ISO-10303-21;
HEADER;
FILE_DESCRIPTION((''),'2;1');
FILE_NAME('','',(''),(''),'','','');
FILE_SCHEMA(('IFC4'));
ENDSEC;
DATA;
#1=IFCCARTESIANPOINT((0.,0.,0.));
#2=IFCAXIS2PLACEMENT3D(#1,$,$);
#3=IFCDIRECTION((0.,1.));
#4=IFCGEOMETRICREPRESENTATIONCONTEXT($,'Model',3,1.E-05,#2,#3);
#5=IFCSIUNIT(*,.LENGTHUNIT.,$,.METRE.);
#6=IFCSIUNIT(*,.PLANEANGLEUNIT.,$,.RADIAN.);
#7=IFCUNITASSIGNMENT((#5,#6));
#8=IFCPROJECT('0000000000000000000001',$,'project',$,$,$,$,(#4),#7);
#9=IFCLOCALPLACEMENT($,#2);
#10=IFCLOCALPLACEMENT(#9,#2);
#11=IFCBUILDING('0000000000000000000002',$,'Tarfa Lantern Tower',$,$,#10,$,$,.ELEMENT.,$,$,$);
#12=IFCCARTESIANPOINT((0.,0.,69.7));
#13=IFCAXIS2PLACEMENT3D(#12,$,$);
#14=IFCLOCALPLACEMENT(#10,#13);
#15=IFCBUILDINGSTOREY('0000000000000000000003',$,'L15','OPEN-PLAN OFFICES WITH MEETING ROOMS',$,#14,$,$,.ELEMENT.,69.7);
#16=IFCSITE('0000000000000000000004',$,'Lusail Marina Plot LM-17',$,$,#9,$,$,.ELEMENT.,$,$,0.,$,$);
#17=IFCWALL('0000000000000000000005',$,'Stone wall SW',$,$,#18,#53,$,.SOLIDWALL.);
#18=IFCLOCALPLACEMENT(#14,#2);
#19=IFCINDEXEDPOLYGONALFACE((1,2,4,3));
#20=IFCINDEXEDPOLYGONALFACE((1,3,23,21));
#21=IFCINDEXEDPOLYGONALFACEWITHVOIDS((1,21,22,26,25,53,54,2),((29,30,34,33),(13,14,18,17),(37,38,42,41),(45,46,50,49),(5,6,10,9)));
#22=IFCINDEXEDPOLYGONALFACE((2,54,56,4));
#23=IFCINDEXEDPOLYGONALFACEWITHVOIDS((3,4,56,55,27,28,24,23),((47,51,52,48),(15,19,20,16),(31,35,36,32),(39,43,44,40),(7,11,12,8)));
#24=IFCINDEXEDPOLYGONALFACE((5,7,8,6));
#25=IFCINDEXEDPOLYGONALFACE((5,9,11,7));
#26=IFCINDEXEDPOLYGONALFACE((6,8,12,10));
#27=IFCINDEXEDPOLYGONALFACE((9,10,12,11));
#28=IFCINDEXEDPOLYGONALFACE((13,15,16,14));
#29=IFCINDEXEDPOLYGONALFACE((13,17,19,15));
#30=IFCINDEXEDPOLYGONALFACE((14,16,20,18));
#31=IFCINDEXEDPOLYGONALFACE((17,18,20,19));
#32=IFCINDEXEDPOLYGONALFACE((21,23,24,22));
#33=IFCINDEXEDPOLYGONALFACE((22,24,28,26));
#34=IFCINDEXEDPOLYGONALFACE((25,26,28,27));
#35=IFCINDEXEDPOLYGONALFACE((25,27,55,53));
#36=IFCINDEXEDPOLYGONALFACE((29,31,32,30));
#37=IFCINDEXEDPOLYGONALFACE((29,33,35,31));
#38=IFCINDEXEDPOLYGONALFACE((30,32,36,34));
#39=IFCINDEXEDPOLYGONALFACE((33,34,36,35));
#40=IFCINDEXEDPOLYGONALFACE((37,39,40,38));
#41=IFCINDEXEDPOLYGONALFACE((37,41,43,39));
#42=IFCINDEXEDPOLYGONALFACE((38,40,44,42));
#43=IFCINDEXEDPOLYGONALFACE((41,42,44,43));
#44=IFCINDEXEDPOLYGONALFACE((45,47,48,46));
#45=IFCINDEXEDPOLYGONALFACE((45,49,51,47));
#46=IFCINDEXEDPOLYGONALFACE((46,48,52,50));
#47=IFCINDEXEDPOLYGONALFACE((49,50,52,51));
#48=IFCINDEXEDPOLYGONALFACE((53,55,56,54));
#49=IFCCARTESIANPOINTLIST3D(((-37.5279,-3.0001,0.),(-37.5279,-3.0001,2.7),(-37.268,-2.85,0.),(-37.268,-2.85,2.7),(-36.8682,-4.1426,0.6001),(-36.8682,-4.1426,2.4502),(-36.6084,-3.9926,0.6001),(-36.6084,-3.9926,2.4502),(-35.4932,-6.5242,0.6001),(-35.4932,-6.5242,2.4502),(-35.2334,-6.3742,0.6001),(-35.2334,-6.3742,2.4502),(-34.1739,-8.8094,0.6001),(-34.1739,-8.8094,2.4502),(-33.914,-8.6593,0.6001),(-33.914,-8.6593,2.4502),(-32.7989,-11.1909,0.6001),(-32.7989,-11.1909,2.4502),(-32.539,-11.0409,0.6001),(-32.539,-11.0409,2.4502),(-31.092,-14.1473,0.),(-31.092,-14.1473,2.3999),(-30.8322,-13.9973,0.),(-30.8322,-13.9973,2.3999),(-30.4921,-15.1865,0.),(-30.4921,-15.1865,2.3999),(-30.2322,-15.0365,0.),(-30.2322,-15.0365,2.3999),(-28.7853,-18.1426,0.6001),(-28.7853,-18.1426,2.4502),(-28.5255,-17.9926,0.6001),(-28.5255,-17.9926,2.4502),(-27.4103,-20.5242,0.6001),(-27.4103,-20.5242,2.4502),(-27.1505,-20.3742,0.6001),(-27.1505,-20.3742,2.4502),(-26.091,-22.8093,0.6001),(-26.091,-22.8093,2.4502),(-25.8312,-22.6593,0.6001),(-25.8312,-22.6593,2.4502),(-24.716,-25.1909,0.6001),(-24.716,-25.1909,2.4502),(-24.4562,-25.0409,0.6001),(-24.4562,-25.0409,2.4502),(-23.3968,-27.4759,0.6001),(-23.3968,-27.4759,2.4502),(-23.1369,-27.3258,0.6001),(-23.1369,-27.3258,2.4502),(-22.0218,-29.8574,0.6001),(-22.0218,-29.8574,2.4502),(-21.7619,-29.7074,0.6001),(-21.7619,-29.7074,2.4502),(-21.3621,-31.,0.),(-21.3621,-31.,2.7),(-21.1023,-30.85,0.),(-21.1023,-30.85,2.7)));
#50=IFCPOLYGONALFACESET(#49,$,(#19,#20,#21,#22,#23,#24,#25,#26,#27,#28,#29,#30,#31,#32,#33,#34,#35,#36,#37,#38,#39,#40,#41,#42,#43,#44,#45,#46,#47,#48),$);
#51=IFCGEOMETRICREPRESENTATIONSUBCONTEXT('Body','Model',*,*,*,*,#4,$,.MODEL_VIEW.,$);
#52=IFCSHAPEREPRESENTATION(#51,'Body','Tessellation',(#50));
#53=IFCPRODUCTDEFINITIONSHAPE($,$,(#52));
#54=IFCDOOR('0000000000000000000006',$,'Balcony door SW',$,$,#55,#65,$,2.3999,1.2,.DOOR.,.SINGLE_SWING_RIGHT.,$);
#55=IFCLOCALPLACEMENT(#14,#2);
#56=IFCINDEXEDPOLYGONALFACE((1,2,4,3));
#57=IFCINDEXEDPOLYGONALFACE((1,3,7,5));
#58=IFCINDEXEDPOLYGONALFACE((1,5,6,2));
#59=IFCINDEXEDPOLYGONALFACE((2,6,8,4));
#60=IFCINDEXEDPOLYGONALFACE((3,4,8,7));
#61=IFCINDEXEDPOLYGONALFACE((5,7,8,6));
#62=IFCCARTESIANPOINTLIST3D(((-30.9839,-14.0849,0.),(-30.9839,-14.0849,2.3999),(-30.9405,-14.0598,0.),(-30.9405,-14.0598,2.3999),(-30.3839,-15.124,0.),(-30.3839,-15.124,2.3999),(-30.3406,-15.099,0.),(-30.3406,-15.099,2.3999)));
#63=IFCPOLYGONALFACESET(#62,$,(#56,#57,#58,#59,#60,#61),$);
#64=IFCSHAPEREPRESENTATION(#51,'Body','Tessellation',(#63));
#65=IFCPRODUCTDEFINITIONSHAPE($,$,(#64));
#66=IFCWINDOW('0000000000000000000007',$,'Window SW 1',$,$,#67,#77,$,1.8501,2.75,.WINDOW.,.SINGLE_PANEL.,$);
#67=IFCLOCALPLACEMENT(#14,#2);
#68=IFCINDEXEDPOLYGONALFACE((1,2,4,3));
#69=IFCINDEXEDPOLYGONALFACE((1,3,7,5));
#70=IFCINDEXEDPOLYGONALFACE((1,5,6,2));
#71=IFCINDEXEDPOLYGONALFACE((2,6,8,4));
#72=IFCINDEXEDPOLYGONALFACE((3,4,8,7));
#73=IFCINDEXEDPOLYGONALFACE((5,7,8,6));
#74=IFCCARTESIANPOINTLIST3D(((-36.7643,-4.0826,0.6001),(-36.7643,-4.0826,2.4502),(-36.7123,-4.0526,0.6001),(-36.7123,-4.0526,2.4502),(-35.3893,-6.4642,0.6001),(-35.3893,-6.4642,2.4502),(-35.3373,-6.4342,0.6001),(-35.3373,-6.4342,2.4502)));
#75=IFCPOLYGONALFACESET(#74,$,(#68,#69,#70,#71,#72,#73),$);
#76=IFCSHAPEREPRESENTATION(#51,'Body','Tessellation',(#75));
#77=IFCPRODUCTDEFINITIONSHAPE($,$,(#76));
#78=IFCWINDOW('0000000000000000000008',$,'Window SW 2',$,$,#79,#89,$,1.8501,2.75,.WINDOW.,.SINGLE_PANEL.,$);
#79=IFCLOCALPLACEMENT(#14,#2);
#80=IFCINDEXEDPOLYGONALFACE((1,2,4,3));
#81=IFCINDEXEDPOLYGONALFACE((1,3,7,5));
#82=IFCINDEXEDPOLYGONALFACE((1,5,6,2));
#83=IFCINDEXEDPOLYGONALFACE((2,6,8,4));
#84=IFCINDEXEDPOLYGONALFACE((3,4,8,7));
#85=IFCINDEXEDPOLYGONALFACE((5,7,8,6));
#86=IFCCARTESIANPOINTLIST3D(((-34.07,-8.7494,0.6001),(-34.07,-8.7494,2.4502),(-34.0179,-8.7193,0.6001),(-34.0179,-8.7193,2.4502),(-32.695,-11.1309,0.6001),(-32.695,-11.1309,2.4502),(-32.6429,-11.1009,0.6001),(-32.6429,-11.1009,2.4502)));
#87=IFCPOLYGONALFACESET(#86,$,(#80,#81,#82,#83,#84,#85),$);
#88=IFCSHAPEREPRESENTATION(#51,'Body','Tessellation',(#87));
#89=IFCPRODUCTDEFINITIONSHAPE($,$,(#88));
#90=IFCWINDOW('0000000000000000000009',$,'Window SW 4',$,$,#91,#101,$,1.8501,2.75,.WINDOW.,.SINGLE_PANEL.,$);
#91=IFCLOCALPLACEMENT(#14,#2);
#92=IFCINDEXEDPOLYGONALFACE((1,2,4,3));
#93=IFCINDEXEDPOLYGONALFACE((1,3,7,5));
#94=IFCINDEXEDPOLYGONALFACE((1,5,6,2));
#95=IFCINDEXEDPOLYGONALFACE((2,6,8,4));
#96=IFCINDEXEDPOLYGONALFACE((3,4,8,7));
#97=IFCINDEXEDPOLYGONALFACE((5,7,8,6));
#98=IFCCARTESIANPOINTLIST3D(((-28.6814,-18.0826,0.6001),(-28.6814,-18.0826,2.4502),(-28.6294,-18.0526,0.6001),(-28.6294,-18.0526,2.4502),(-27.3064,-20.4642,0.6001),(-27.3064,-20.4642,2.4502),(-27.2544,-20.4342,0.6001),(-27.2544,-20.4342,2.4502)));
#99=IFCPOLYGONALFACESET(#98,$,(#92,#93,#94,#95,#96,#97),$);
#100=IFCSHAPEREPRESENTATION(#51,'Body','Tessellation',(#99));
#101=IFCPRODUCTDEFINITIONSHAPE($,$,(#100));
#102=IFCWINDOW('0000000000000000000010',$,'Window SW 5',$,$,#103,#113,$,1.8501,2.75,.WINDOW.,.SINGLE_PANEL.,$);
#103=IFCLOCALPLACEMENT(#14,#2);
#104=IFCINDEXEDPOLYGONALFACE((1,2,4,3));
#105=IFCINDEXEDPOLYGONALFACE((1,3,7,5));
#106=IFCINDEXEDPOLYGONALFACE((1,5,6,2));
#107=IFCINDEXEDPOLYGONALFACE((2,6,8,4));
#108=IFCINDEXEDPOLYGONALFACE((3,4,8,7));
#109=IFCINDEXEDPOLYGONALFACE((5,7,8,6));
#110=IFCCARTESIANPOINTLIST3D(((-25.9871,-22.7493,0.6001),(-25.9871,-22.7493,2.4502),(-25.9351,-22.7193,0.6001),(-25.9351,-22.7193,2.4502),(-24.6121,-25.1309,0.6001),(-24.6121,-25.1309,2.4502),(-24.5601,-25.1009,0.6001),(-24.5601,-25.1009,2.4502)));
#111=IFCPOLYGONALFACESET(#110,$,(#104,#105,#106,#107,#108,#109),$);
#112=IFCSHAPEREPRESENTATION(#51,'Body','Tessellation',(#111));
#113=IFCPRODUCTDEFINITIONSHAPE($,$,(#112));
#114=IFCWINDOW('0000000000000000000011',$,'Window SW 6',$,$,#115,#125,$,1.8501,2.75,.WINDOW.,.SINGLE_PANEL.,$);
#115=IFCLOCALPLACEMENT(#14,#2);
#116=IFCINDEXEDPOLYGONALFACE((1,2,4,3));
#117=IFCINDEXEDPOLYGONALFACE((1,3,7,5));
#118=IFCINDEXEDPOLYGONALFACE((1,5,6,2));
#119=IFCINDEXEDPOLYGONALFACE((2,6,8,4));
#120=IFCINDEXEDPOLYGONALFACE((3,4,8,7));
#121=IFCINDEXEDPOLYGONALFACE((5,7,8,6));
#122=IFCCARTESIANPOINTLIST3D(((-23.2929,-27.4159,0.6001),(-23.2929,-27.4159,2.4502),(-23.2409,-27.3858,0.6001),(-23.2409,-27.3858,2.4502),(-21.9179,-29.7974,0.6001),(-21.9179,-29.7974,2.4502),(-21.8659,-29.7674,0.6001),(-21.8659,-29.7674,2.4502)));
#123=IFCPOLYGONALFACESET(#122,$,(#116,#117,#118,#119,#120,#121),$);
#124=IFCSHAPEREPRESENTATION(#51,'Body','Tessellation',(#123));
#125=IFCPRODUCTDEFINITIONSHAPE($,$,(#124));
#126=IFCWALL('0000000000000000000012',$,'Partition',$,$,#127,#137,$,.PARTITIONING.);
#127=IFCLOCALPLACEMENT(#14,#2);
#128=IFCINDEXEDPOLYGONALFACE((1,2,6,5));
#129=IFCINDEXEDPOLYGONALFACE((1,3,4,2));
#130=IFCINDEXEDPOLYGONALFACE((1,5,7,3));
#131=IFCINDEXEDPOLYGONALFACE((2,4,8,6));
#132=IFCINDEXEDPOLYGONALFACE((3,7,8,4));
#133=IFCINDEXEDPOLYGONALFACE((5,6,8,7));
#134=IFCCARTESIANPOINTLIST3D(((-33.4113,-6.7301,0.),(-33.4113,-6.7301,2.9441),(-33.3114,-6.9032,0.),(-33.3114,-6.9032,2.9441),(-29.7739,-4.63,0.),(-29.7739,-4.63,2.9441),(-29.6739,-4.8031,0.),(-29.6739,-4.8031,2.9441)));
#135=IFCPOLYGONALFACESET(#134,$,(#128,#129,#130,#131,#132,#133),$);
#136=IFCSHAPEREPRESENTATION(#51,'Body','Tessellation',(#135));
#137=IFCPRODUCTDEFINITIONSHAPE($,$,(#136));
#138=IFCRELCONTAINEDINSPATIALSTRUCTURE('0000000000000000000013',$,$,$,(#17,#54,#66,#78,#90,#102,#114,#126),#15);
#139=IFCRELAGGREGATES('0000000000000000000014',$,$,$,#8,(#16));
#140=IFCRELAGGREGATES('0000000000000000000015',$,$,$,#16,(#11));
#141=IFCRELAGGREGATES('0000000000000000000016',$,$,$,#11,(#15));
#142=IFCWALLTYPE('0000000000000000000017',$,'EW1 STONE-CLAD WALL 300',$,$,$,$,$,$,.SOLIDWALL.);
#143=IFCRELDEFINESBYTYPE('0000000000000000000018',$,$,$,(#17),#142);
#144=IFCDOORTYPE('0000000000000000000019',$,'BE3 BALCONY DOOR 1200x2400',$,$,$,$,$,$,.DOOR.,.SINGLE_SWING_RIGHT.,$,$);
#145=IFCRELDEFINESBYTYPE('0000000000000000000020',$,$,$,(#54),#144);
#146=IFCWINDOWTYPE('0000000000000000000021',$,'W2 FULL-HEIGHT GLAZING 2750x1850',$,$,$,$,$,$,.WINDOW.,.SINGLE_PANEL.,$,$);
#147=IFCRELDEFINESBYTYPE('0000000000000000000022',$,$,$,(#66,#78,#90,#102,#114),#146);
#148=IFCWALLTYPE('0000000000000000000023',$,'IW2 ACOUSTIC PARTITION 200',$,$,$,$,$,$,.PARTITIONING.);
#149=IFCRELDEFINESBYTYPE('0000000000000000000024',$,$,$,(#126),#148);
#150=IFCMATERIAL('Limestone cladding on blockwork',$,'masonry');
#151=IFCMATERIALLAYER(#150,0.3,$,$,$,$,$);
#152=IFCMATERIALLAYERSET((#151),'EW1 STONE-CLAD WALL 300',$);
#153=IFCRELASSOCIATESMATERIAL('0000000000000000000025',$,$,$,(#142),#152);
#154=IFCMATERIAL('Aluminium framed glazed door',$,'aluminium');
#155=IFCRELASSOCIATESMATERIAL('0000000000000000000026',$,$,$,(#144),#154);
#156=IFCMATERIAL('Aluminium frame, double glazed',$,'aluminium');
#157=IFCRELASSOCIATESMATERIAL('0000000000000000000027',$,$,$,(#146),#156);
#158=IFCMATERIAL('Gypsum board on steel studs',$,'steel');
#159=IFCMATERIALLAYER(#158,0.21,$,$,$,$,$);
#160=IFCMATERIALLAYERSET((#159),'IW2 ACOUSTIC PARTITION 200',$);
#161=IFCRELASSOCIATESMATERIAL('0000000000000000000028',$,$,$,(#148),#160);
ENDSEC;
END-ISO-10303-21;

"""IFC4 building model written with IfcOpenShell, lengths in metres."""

from ifc_helpers import new_model, si_unit, direction, frame, frame_2d, origin, place, context, subcontext, project, spatial, rectangle, extrude, material, layer, layer_set, type_object, element, fill, save


model = new_model("IFC4")

# Units and contexts
model_context = context("Model", 3, precision=1e-05, world=origin(), true_north=direction((0.0, 1.0)))
body_context = subcontext(model_context, "Body", "Model", "MODEL_VIEW")
ifc_project = project(units=[si_unit("LENGTHUNIT", "METRE"), si_unit("PLANEANGLEUNIT", "RADIAN")], contexts=[model_context])

# Site, building, storey
site_placement = place(None, origin())
site = spatial("IfcSite", under=ifc_project, at=site_placement, Name="Lusail Marina Plot LM-17", CompositionType="ELEMENT", RefElevation=0.0)
building_placement = place(site_placement, origin())
building = spatial("IfcBuilding", under=site, at=building_placement, Name="Tarfa Lantern Tower", CompositionType="ELEMENT")
storey_placement = place(building_placement, frame((0.0, 0.0, 69.7)))
storey = spatial("IfcBuildingStorey", under=building, at=storey_placement, Name="L15", Description="OPEN-PLAN OFFICES WITH MEETING ROOMS", CompositionType="ELEMENT", Elevation=69.7)

# Wall, openings, door, windows
ifc_material_1 = material(Name="Limestone cladding on blockwork", Category="masonry")
ifc_layer_1 = layer(ifc_material_1, 0.3)
ifc_layer_set_1 = layer_set([ifc_layer_1], Name="EW1 STONE-CLAD WALL 300")
wall_type_1 = type_object("IfcWallType", Name="EW1 STONE-CLAD WALL 300", PredefinedType="SOLIDWALL", material=ifc_layer_set_1)
wall_1_placement = place(storey_placement, frame((-37.3979, -2.925, 0.0), z_axis=(0.0, 0.0, 1.0), x_axis=(0.499999, -0.866026, 0.0)))
wall_1 = element("IfcWall", 1, at=wall_1_placement, inside=storey, type_object=wall_type_1, Name="Stone wall SW", PredefinedType="SOLIDWALL", context=body_context, shape_type="SweptSolid", body=[
    extrude(rectangle(XDim=32.3315, YDim=0.3, at=frame_2d((16.1658, 0.0))), origin(), (0.0, 0.0, 1.0), 2.7),
])
opening_1_placement = place(wall_1_placement, frame((1.3193, 0.0, 0.6001)))
opening_1 = element("IfcOpeningElement", 2, at=opening_1_placement, cuts=wall_1, PredefinedType="OPENING", context=body_context, shape_type="SweptSolid", body=[
    extrude(rectangle(XDim=2.75, YDim=1.8501, at=frame_2d((1.375, 0.925))), frame((0.0, 0.1599, 0.0), z_axis=(0.0, -1.0, 0.0), x_axis=(1.0, 0.0, 0.0)), (0.0, 0.0, 1.0), 0.3201),
])
opening_2_placement = place(wall_1_placement, frame((6.708, 0.0, 0.6001)))
opening_2 = element("IfcOpeningElement", 3, at=opening_2_placement, cuts=wall_1, PredefinedType="OPENING", context=body_context, shape_type="SweptSolid", body=[
    extrude(rectangle(XDim=2.75, YDim=1.8501, at=frame_2d((1.375, 0.925))), frame((0.0, 0.1599, 0.0), z_axis=(0.0, -1.0, 0.0), x_axis=(1.0, 0.0, 0.0)), (0.0, 0.0, 1.0), 0.3201),
])
opening_3_placement = place(wall_1_placement, frame((12.8716, 0.0, 0.0)))
opening_3 = element("IfcOpeningElement", 4, at=opening_3_placement, cuts=wall_1, PredefinedType="OPENING", context=body_context, shape_type="SweptSolid", body=[
    extrude(rectangle(XDim=1.2, YDim=2.3999, at=frame_2d((0.6001, 1.2))), frame((0.0, 0.1599, 0.0), z_axis=(0.0, -1.0, 0.0), x_axis=(1.0, 0.0, 0.0)), (0.0, 0.0, 1.0), 0.3201),
])
opening_4_placement = place(wall_1_placement, frame((17.4851, 0.0, 0.6001)))
opening_4 = element("IfcOpeningElement", 5, at=opening_4_placement, cuts=wall_1, PredefinedType="OPENING", context=body_context, shape_type="SweptSolid", body=[
    extrude(rectangle(XDim=2.75, YDim=1.8501, at=frame_2d((1.375, 0.925))), frame((0.0, 0.1599, 0.0), z_axis=(0.0, -1.0, 0.0), x_axis=(1.0, 0.0, 0.0)), (0.0, 0.0, 1.0), 0.3201),
])
opening_5_placement = place(wall_1_placement, frame((22.8738, 0.0, 0.6001)))
opening_5 = element("IfcOpeningElement", 6, at=opening_5_placement, cuts=wall_1, PredefinedType="OPENING", context=body_context, shape_type="SweptSolid", body=[
    extrude(rectangle(XDim=2.75, YDim=1.8501, at=frame_2d((1.375, 0.925))), frame((0.0, 0.1599, 0.0), z_axis=(0.0, -1.0, 0.0), x_axis=(1.0, 0.0, 0.0)), (0.0, 0.0, 1.0), 0.3201),
])
opening_6_placement = place(wall_1_placement, frame((28.2622, 0.0, 0.6001)))
opening_6 = element("IfcOpeningElement", 7, at=opening_6_placement, cuts=wall_1, PredefinedType="OPENING", context=body_context, shape_type="SweptSolid", body=[
    extrude(rectangle(XDim=2.75, YDim=1.8501, at=frame_2d((1.375, 0.925))), frame((0.0, 0.1599, 0.0), z_axis=(0.0, -1.0, 0.0), x_axis=(1.0, 0.0, 0.0)), (0.0, 0.0, 1.0), 0.3201),
])
ifc_material_2 = material(Name="Aluminium framed glazed door", Category="aluminium")
door_type = type_object("IfcDoorType", Name="BE3 BALCONY DOOR 1200x2400", OperationType="SINGLE_SWING_RIGHT", PredefinedType="DOOR", material=ifc_material_2)
door_placement = place(opening_3_placement, origin())
door = element("IfcDoor", 8, at=door_placement, inside=storey, type_object=door_type, Name="Balcony door SW", OperationType="SINGLE_SWING_RIGHT", OverallHeight=2.3999, OverallWidth=1.2, PredefinedType="DOOR", context=body_context, shape_type="SweptSolid", body=[
    extrude(rectangle(XDim=1.2, YDim=2.3999, at=frame_2d((0.6001, 1.2))), frame((0.0, 0.0249, 0.0), z_axis=(0.0, -1.0, 0.0), x_axis=(1.0, 0.0, 0.0)), (0.0, 0.0, 1.0), 0.05),
])
fill(opening_3, door)
ifc_material_3 = material(Name="Aluminium frame, double glazed", Category="aluminium")
window_type = type_object("IfcWindowType", Name="W2 FULL-HEIGHT GLAZING 2750x1850", PartitioningType="SINGLE_PANEL", PredefinedType="WINDOW", material=ifc_material_3)
window_1_placement = place(opening_1_placement, origin())
window_1 = element("IfcWindow", 9, at=window_1_placement, inside=storey, type_object=window_type, Name="Window SW 1", OverallHeight=1.8501, OverallWidth=2.75, PartitioningType="SINGLE_PANEL", PredefinedType="WINDOW", context=body_context, shape_type="SweptSolid", body=[
    extrude(rectangle(XDim=2.75, YDim=1.8501, at=frame_2d((1.375, 0.925))), frame((0.0, 0.03, 0.0), z_axis=(0.0, -1.0, 0.0), x_axis=(1.0, 0.0, 0.0)), (0.0, 0.0, 1.0), 0.0601),
])
fill(opening_1, window_1)
window_2_placement = place(opening_2_placement, origin())
window_2 = element("IfcWindow", 10, at=window_2_placement, inside=storey, type_object=window_type, Name="Window SW 2", OverallHeight=1.8501, OverallWidth=2.75, PartitioningType="SINGLE_PANEL", PredefinedType="WINDOW", context=body_context, shape_type="SweptSolid", body=[
    extrude(rectangle(XDim=2.75, YDim=1.8501, at=frame_2d((1.375, 0.925))), frame((0.0, 0.03, 0.0), z_axis=(0.0, -1.0, 0.0), x_axis=(1.0, 0.0, 0.0)), (0.0, 0.0, 1.0), 0.0601),
])
fill(opening_2, window_2)
window_3_placement = place(opening_4_placement, origin())
window_3 = element("IfcWindow", 11, at=window_3_placement, inside=storey, type_object=window_type, Name="Window SW 4", OverallHeight=1.8501, OverallWidth=2.75, PartitioningType="SINGLE_PANEL", PredefinedType="WINDOW", context=body_context, shape_type="SweptSolid", body=[
    extrude(rectangle(XDim=2.75, YDim=1.8501, at=frame_2d((1.375, 0.925))), frame((0.0, 0.03, 0.0), z_axis=(0.0, -1.0, 0.0), x_axis=(1.0, 0.0, 0.0)), (0.0, 0.0, 1.0), 0.0601),
])
fill(opening_4, window_3)
window_4_placement = place(opening_5_placement, origin())
window_4 = element("IfcWindow", 12, at=window_4_placement, inside=storey, type_object=window_type, Name="Window SW 5", OverallHeight=1.8501, OverallWidth=2.75, PartitioningType="SINGLE_PANEL", PredefinedType="WINDOW", context=body_context, shape_type="SweptSolid", body=[
    extrude(rectangle(XDim=2.75, YDim=1.8501, at=frame_2d((1.375, 0.925))), frame((0.0, 0.03, 0.0), z_axis=(0.0, -1.0, 0.0), x_axis=(1.0, 0.0, 0.0)), (0.0, 0.0, 1.0), 0.0601),
])
fill(opening_5, window_4)
window_5_placement = place(opening_6_placement, origin())
window_5 = element("IfcWindow", 13, at=window_5_placement, inside=storey, type_object=window_type, Name="Window SW 6", OverallHeight=1.8501, OverallWidth=2.75, PartitioningType="SINGLE_PANEL", PredefinedType="WINDOW", context=body_context, shape_type="SweptSolid", body=[
    extrude(rectangle(XDim=2.75, YDim=1.8501, at=frame_2d((1.375, 0.925))), frame((0.0, 0.03, 0.0), z_axis=(0.0, -1.0, 0.0), x_axis=(1.0, 0.0, 0.0)), (0.0, 0.0, 1.0), 0.0601),
])
fill(opening_6, window_5)

# Wall
ifc_material_4 = material(Name="Gypsum board on steel studs", Category="steel")
ifc_layer_2 = layer(ifc_material_4, 0.21)
ifc_layer_set_2 = layer_set([ifc_layer_2], Name="IW2 ACOUSTIC PARTITION 200")
wall_type_2 = type_object("IfcWallType", Name="IW2 ACOUSTIC PARTITION 200", PredefinedType="PARTITIONING", material=ifc_layer_set_2)
wall_2_placement = place(storey_placement, frame((-29.7239, -4.7166, 0.0), z_axis=(0.0, 0.0, 1.0), x_axis=(-0.866024, -0.500003, 0.0)))
element("IfcWall", 14, at=wall_2_placement, inside=storey, type_object=wall_type_2, Name="Partition", PredefinedType="PARTITIONING", context=body_context, shape_type="SweptSolid", body=[
    extrude(rectangle(XDim=4.2002, YDim=0.2, at=frame_2d((2.1001, 0.0))), origin(), (0.0, 0.0, 1.0), 2.9441),
])

save(model, "model.ifc")
